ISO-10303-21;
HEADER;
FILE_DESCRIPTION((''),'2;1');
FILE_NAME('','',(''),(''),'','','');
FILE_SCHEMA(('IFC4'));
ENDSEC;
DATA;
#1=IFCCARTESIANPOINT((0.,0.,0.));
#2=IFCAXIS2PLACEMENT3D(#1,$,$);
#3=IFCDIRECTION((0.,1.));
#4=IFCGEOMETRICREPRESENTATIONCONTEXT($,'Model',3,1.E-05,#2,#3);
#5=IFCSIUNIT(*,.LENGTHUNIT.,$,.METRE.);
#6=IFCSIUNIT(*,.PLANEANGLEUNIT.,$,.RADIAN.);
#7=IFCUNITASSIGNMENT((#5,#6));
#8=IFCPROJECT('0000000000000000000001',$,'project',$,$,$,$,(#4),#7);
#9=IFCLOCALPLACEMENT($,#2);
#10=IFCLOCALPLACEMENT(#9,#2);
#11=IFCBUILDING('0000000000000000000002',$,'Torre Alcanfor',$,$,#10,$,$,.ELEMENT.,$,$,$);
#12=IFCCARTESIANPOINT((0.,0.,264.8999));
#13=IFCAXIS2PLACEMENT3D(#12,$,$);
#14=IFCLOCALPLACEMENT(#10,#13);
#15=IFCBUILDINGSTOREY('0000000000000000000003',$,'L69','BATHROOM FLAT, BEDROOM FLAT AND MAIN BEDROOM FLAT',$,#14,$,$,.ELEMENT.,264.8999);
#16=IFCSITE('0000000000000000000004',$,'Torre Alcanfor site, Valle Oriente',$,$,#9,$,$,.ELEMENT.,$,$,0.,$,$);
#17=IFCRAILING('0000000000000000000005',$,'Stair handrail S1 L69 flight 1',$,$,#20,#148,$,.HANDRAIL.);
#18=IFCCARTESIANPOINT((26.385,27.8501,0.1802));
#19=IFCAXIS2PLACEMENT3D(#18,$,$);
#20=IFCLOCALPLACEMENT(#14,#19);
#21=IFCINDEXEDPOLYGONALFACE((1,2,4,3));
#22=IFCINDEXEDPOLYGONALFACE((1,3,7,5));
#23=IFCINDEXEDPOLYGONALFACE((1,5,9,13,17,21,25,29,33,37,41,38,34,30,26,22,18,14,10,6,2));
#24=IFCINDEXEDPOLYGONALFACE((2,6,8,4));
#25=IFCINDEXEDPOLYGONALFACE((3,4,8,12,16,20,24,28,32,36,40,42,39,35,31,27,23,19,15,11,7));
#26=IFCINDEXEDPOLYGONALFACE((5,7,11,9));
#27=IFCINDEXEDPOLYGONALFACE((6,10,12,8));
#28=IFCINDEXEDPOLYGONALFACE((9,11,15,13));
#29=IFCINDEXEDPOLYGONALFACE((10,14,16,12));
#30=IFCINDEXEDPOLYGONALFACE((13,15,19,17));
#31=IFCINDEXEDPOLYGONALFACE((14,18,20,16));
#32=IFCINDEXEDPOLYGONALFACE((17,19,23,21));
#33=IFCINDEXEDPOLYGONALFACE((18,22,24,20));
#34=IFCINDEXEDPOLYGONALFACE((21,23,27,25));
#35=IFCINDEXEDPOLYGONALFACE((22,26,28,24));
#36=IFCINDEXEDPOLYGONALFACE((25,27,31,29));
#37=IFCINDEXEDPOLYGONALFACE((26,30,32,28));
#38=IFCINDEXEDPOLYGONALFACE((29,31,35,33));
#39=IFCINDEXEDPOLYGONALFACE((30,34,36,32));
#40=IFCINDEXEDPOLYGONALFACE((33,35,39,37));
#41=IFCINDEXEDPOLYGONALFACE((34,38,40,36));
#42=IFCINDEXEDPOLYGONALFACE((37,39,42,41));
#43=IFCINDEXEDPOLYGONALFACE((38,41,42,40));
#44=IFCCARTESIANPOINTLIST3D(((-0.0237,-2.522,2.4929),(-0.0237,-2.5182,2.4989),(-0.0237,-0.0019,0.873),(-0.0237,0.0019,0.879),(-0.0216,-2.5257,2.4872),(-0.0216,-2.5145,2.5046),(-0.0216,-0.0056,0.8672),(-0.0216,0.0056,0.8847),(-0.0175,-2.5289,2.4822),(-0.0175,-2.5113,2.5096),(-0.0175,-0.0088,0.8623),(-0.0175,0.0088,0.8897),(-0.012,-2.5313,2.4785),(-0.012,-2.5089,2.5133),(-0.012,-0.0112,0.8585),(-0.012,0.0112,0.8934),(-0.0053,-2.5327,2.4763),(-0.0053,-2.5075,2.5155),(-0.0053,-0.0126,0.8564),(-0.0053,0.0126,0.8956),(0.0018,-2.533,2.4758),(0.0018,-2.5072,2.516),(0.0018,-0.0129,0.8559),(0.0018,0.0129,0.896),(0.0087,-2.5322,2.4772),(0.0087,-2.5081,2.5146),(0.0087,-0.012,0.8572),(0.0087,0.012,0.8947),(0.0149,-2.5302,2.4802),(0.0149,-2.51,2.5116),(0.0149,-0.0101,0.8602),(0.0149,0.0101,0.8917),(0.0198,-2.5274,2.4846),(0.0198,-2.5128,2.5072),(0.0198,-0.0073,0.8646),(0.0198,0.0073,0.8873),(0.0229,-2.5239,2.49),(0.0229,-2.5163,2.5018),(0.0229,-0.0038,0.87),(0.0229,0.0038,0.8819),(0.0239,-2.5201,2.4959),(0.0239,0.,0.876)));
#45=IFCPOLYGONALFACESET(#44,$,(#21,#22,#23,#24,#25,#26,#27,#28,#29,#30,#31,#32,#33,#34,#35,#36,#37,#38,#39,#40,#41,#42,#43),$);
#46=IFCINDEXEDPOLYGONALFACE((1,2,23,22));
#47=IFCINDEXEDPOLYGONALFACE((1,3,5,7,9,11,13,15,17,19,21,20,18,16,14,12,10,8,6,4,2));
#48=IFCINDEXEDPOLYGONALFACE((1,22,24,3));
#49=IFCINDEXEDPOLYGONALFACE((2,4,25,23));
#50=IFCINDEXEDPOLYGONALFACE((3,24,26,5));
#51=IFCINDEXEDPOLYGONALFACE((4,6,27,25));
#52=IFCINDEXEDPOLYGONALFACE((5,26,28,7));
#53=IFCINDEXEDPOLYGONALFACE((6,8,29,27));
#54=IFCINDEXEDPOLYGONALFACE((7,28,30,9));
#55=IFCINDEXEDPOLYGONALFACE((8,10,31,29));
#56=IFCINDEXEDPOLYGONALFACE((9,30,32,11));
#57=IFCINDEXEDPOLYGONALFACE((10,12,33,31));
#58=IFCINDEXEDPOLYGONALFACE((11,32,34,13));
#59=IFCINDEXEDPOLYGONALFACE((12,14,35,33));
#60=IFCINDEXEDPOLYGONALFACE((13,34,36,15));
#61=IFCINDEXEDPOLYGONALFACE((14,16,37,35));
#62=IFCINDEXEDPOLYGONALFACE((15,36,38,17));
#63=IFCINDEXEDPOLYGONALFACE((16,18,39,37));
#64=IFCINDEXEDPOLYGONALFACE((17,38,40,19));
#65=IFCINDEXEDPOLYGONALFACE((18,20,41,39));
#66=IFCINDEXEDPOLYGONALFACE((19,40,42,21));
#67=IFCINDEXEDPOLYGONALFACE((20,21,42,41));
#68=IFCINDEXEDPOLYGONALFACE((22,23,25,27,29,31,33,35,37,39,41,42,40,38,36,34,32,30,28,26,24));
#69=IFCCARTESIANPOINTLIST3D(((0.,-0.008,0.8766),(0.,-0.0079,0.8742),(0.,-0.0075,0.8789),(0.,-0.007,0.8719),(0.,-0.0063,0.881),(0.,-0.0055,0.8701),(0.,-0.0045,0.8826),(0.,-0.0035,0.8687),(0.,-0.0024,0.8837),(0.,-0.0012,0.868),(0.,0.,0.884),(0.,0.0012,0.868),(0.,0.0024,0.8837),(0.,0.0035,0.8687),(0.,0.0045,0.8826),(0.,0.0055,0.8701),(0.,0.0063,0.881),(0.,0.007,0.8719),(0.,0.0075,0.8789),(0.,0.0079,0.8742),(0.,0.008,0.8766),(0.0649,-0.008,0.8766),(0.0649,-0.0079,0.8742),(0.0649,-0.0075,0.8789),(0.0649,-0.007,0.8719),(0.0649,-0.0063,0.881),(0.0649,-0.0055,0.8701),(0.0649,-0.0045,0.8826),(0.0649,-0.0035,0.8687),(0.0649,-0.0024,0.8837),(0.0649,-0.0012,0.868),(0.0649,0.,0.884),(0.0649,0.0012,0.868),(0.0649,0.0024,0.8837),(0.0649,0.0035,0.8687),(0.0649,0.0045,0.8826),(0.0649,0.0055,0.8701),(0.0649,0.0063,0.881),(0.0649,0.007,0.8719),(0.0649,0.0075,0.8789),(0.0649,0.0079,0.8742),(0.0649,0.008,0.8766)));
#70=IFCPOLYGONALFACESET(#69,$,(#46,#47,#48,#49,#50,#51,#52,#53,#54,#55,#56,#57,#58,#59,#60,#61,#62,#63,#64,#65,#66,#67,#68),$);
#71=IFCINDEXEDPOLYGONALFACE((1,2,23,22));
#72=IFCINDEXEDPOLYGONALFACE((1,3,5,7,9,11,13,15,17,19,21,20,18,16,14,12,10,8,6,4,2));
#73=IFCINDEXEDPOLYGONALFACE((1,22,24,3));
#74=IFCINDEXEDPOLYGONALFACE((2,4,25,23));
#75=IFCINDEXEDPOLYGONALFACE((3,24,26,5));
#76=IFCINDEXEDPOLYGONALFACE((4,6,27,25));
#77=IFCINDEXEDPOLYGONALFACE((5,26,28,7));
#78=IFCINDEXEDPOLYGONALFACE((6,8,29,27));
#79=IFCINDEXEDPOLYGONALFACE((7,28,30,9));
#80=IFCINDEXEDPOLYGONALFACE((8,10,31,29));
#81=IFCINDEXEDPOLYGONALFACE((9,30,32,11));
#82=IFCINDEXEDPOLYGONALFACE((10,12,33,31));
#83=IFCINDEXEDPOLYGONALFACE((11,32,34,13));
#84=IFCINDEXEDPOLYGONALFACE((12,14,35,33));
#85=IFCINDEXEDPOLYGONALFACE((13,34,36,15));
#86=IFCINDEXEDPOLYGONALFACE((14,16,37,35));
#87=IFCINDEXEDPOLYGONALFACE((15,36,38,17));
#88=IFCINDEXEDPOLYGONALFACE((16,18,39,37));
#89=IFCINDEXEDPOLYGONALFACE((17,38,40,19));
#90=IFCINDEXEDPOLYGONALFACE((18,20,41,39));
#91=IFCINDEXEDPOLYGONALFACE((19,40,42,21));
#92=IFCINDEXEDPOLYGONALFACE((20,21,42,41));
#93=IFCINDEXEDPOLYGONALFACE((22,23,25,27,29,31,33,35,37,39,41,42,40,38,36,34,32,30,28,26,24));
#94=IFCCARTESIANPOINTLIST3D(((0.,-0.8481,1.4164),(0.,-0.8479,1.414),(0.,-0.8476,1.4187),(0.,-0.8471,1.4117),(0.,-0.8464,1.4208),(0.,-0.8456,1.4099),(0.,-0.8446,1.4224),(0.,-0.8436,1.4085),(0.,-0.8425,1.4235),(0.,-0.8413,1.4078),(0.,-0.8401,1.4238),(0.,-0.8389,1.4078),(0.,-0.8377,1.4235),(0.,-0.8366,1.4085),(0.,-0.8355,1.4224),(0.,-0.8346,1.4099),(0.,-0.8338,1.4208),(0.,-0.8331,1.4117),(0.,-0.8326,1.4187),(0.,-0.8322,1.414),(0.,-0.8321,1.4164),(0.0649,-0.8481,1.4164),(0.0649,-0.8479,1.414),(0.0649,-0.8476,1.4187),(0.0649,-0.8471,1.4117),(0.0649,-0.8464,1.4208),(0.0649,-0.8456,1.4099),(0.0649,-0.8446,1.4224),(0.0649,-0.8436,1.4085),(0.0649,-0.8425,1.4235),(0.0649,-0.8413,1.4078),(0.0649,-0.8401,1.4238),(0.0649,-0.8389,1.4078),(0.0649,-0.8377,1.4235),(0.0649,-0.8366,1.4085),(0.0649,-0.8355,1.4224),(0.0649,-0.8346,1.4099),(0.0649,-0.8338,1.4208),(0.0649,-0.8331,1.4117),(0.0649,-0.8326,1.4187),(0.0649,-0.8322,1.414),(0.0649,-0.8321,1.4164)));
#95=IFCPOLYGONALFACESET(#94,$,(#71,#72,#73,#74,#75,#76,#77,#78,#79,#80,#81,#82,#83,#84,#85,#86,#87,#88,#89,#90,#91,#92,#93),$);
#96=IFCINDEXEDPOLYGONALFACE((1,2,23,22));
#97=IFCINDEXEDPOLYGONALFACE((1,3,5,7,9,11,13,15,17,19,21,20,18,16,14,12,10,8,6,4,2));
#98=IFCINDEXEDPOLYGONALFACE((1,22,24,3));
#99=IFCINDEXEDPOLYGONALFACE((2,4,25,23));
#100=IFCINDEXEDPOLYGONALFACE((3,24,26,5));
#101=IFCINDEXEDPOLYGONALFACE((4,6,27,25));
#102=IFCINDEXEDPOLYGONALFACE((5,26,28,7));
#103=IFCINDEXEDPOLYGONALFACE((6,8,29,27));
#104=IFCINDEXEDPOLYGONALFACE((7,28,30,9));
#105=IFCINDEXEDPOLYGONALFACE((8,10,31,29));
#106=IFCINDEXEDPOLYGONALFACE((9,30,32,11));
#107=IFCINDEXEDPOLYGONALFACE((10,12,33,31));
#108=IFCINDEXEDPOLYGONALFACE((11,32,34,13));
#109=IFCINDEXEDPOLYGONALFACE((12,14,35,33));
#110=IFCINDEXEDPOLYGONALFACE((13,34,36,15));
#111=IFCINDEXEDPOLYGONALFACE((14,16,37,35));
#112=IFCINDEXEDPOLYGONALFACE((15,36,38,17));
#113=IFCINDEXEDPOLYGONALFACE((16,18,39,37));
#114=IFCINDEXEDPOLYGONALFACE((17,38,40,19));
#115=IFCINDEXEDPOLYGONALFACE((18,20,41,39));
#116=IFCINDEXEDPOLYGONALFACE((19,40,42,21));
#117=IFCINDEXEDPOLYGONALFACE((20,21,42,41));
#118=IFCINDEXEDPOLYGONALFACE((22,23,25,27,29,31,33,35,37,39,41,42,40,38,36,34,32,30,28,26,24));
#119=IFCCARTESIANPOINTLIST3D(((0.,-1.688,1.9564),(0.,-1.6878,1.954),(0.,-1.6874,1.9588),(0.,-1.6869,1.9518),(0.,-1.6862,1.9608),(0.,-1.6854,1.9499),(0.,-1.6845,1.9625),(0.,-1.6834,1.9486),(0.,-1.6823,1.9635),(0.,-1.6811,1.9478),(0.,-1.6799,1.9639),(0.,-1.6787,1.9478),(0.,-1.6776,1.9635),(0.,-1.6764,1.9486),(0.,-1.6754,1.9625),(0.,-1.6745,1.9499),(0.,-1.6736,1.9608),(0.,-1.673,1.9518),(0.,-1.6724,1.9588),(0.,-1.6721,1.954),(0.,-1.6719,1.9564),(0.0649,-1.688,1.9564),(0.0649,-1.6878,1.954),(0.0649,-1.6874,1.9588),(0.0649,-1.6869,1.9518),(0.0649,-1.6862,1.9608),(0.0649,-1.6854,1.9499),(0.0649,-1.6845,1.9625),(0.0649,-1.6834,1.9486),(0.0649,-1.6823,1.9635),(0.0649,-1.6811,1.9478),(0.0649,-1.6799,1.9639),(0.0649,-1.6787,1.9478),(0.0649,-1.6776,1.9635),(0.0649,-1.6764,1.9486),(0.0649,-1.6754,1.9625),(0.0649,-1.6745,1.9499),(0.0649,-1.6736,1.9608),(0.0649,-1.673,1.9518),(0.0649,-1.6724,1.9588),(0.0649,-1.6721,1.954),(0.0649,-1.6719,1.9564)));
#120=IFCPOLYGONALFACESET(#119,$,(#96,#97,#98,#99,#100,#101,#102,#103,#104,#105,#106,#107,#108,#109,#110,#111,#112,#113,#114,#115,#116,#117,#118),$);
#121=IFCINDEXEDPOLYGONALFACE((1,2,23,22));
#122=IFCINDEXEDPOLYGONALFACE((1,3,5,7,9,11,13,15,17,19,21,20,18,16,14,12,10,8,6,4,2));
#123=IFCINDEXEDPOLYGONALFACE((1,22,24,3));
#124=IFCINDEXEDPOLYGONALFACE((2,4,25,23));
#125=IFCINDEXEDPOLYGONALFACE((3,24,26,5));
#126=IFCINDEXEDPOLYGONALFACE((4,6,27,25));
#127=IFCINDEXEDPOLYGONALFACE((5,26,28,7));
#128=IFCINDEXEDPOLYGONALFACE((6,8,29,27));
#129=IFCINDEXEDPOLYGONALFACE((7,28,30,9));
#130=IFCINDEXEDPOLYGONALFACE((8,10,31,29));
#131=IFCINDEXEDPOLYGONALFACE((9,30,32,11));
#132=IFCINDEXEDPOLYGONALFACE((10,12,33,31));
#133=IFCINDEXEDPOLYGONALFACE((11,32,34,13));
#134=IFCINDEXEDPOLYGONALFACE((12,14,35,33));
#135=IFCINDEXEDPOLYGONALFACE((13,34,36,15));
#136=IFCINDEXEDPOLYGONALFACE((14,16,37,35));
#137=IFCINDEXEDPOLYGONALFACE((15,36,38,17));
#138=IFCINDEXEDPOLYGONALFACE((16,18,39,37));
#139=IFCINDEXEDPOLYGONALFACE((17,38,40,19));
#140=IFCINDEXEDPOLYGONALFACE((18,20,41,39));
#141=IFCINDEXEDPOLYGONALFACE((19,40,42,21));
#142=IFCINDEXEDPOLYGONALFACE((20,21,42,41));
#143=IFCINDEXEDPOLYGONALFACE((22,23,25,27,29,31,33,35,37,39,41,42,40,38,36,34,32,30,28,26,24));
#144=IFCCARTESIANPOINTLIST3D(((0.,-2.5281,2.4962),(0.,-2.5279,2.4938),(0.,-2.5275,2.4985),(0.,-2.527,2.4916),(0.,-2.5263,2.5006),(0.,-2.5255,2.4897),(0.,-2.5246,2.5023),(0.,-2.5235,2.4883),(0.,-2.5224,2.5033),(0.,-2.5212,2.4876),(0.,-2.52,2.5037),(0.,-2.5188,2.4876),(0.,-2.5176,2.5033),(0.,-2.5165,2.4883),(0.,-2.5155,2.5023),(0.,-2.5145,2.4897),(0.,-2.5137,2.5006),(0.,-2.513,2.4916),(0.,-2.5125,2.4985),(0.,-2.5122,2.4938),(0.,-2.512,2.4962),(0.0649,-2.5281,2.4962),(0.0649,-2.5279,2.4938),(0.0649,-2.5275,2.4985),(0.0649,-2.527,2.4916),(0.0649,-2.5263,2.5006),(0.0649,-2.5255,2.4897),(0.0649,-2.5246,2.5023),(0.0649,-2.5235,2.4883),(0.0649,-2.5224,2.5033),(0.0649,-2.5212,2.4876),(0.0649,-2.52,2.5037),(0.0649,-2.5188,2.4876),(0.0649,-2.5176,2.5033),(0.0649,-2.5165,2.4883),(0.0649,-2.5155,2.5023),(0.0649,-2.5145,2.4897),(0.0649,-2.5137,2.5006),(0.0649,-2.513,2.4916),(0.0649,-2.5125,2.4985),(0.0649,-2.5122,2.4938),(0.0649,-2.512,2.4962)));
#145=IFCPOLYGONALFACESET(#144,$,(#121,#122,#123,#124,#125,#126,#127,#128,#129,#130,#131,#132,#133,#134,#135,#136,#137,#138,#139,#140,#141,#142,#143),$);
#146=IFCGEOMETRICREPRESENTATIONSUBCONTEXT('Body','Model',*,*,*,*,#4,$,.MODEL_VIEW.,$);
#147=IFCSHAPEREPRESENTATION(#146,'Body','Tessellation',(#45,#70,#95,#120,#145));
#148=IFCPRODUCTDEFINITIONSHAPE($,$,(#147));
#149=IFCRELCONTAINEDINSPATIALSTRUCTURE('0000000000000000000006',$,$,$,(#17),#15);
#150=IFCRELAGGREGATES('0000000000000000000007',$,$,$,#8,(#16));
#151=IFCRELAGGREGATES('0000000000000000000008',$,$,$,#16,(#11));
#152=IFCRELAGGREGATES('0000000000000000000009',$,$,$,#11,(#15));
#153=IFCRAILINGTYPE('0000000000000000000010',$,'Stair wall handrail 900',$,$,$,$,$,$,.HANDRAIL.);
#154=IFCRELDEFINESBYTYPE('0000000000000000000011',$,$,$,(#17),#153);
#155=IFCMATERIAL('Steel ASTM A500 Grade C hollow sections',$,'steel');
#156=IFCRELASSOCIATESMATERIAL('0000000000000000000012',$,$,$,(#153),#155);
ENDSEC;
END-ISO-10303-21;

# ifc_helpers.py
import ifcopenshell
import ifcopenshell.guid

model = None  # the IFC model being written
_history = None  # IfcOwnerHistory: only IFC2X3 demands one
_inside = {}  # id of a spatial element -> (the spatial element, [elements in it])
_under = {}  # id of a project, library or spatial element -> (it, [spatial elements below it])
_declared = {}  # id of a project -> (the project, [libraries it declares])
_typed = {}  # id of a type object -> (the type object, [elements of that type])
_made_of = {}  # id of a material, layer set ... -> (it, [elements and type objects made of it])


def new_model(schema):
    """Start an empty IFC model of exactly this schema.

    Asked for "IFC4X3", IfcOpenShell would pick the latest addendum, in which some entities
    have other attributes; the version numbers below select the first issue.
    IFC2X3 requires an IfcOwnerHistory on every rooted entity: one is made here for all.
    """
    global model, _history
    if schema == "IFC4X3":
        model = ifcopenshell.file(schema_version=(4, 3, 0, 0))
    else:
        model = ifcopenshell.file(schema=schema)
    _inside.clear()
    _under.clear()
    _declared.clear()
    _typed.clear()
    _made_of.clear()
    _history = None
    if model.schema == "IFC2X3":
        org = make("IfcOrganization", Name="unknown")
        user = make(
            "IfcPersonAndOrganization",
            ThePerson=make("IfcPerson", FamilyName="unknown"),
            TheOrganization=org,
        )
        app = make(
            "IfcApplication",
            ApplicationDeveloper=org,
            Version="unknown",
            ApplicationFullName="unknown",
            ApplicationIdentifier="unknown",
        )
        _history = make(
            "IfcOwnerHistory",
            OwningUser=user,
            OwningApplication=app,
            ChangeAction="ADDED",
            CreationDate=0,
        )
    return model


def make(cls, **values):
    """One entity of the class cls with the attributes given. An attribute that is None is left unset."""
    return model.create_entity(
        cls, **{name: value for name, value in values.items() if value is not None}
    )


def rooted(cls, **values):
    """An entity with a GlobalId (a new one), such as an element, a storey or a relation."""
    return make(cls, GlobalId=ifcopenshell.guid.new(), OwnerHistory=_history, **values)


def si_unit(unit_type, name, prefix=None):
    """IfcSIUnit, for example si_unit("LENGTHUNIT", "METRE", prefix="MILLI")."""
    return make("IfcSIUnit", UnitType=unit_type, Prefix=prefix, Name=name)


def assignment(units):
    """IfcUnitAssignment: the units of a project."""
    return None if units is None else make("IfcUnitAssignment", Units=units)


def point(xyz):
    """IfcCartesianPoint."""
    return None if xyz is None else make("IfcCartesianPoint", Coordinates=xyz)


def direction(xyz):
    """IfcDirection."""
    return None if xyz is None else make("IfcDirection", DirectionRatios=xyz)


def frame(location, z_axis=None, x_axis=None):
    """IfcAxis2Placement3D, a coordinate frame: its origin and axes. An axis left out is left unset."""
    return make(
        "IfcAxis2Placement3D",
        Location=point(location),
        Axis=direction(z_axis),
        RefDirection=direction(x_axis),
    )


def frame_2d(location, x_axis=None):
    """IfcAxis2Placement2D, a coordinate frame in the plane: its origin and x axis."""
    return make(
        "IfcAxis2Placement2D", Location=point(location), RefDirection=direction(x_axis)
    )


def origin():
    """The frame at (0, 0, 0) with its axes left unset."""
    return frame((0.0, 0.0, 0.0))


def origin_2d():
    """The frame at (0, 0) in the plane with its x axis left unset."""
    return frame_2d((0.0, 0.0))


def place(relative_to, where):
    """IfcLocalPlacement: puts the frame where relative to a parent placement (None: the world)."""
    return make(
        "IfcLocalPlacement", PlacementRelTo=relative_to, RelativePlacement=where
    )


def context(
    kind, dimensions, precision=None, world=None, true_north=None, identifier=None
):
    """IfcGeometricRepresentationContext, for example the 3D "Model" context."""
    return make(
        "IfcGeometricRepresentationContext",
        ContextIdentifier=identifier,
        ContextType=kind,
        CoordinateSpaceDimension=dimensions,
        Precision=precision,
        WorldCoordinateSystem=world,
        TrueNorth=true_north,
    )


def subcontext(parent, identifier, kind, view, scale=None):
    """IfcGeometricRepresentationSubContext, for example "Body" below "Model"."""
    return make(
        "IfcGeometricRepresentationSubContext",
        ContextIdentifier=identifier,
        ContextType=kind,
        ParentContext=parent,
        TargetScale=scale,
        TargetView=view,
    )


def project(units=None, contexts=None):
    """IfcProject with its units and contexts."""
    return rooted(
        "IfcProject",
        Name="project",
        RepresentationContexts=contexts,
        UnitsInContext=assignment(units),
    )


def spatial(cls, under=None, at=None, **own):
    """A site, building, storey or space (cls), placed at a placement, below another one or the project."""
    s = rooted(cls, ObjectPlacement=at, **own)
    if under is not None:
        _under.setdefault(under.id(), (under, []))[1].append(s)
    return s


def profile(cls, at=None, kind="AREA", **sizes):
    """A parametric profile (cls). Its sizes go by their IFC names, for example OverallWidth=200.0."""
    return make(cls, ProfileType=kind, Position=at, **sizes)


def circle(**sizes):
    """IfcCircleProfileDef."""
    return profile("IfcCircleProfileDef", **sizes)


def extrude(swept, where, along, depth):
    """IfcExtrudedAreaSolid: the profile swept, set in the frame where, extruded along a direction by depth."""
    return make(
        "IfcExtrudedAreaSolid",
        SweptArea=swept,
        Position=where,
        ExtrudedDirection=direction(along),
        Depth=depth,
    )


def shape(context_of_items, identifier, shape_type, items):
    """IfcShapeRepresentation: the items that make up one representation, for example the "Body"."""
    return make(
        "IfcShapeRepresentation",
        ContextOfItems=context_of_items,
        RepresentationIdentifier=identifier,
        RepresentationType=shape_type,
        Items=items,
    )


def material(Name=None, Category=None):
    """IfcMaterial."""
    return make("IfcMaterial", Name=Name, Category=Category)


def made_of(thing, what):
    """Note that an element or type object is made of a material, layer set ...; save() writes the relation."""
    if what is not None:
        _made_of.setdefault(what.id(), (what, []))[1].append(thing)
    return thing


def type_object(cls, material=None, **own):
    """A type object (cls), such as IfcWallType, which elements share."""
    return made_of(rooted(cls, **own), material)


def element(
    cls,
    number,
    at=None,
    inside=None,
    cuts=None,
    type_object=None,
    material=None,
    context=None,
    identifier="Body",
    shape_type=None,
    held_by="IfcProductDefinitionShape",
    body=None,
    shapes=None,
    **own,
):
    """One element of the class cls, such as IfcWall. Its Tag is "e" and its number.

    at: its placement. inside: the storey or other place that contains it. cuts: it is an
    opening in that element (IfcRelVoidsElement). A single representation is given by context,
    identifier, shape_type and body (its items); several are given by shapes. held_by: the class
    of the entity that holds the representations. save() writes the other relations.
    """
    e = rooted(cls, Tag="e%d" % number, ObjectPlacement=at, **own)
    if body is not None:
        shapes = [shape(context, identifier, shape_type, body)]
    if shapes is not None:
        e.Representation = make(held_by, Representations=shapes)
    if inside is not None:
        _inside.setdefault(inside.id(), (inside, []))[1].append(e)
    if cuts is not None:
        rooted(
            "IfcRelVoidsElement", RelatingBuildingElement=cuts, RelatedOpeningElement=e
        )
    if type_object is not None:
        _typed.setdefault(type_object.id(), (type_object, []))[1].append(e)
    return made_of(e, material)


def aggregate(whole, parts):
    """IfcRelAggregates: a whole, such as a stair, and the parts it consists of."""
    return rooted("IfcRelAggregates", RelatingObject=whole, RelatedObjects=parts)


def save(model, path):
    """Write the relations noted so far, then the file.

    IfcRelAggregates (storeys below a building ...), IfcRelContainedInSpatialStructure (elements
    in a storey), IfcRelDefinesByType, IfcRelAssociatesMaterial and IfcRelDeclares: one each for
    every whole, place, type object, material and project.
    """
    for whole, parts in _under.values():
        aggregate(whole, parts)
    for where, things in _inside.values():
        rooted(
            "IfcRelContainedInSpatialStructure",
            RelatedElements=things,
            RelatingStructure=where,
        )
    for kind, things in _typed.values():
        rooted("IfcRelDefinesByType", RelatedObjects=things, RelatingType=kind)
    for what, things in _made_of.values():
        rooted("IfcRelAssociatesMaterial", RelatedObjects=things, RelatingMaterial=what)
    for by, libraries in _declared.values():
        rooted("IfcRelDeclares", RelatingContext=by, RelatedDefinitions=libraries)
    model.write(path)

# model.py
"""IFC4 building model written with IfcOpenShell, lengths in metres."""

from ifc_helpers import new_model, si_unit, direction, frame, origin, origin_2d, place, context, subcontext, project, spatial, circle, extrude, material, type_object, element, save


model = new_model("IFC4")

# Units and contexts
model_context = context("Model", 3, precision=1e-05, world=origin(), true_north=direction((0.0, 1.0)))
body_context = subcontext(model_context, "Body", "Model", "MODEL_VIEW")
ifc_project = project(units=[si_unit("LENGTHUNIT", "METRE"), si_unit("PLANEANGLEUNIT", "RADIAN")], contexts=[model_context])

# Site, building, storey
site_placement = place(None, origin())
site = spatial("IfcSite", under=ifc_project, at=site_placement, Name="Torre Alcanfor site, Valle Oriente", CompositionType="ELEMENT", RefElevation=0.0)
building_placement = place(site_placement, origin())
building = spatial("IfcBuilding", under=site, at=building_placement, Name="Torre Alcanfor", CompositionType="ELEMENT")
storey_placement = place(building_placement, frame((0.0, 0.0, 264.8999)))
storey = spatial("IfcBuildingStorey", under=building, at=storey_placement, Name="L69", Description="BATHROOM FLAT, BEDROOM FLAT AND MAIN BEDROOM FLAT", CompositionType="ELEMENT", Elevation=264.8999)

# Railing
ifc_material_1 = material(Name="Steel ASTM A500 Grade C hollow sections", Category="steel")
railing_type_1 = type_object("IfcRailingType", Name="Stair wall handrail 900", PredefinedType="HANDRAIL", material=ifc_material_1)
railing_1_placement = place(storey_placement, frame((26.385, 27.8501, 0.1802)))
element("IfcRailing", 1, at=railing_1_placement, inside=storey, type_object=railing_type_1, Name="Stair handrail S1 L69 flight 1", PredefinedType="HANDRAIL", context=body_context, shape_type="SweptSolid", body=[
    extrude(circle(Radius=0.0239, at=origin_2d()), frame((0.0, 0.0, 0.876), z_axis=(0.0, -0.8412, 0.540725), x_axis=(1.0, 0.0, 0.0)), (0.0, 0.0, 1.0), 2.9958),
    extrude(circle(Radius=0.0081, at=origin_2d()), frame((0.0, 0.0, 0.876), z_axis=(1.0, 0.0, 0.0), x_axis=(0.0, 0.0, 1.0)), (0.0, 0.0, 1.0), 0.0649),
    extrude(circle(Radius=0.0081, at=origin_2d()), frame((0.0, -0.8401, 1.4158), z_axis=(1.0, 0.0, 0.0), x_axis=(0.0, 0.0, 1.0)), (0.0, 0.0, 1.0), 0.0649),
    extrude(circle(Radius=0.0081, at=origin_2d()), frame((0.0, -1.6799, 1.9558), z_axis=(1.0, 0.0, 0.0), x_axis=(0.0, 0.0, 1.0)), (0.0, 0.0, 1.0), 0.0649),
    extrude(circle(Radius=0.0081, at=origin_2d()), frame((0.0, -2.52, 2.4956), z_axis=(1.0, 0.0, 0.0), x_axis=(0.0, 0.0, 1.0)), (0.0, 0.0, 1.0), 0.0649),
])

save(model, "model.ifc")
